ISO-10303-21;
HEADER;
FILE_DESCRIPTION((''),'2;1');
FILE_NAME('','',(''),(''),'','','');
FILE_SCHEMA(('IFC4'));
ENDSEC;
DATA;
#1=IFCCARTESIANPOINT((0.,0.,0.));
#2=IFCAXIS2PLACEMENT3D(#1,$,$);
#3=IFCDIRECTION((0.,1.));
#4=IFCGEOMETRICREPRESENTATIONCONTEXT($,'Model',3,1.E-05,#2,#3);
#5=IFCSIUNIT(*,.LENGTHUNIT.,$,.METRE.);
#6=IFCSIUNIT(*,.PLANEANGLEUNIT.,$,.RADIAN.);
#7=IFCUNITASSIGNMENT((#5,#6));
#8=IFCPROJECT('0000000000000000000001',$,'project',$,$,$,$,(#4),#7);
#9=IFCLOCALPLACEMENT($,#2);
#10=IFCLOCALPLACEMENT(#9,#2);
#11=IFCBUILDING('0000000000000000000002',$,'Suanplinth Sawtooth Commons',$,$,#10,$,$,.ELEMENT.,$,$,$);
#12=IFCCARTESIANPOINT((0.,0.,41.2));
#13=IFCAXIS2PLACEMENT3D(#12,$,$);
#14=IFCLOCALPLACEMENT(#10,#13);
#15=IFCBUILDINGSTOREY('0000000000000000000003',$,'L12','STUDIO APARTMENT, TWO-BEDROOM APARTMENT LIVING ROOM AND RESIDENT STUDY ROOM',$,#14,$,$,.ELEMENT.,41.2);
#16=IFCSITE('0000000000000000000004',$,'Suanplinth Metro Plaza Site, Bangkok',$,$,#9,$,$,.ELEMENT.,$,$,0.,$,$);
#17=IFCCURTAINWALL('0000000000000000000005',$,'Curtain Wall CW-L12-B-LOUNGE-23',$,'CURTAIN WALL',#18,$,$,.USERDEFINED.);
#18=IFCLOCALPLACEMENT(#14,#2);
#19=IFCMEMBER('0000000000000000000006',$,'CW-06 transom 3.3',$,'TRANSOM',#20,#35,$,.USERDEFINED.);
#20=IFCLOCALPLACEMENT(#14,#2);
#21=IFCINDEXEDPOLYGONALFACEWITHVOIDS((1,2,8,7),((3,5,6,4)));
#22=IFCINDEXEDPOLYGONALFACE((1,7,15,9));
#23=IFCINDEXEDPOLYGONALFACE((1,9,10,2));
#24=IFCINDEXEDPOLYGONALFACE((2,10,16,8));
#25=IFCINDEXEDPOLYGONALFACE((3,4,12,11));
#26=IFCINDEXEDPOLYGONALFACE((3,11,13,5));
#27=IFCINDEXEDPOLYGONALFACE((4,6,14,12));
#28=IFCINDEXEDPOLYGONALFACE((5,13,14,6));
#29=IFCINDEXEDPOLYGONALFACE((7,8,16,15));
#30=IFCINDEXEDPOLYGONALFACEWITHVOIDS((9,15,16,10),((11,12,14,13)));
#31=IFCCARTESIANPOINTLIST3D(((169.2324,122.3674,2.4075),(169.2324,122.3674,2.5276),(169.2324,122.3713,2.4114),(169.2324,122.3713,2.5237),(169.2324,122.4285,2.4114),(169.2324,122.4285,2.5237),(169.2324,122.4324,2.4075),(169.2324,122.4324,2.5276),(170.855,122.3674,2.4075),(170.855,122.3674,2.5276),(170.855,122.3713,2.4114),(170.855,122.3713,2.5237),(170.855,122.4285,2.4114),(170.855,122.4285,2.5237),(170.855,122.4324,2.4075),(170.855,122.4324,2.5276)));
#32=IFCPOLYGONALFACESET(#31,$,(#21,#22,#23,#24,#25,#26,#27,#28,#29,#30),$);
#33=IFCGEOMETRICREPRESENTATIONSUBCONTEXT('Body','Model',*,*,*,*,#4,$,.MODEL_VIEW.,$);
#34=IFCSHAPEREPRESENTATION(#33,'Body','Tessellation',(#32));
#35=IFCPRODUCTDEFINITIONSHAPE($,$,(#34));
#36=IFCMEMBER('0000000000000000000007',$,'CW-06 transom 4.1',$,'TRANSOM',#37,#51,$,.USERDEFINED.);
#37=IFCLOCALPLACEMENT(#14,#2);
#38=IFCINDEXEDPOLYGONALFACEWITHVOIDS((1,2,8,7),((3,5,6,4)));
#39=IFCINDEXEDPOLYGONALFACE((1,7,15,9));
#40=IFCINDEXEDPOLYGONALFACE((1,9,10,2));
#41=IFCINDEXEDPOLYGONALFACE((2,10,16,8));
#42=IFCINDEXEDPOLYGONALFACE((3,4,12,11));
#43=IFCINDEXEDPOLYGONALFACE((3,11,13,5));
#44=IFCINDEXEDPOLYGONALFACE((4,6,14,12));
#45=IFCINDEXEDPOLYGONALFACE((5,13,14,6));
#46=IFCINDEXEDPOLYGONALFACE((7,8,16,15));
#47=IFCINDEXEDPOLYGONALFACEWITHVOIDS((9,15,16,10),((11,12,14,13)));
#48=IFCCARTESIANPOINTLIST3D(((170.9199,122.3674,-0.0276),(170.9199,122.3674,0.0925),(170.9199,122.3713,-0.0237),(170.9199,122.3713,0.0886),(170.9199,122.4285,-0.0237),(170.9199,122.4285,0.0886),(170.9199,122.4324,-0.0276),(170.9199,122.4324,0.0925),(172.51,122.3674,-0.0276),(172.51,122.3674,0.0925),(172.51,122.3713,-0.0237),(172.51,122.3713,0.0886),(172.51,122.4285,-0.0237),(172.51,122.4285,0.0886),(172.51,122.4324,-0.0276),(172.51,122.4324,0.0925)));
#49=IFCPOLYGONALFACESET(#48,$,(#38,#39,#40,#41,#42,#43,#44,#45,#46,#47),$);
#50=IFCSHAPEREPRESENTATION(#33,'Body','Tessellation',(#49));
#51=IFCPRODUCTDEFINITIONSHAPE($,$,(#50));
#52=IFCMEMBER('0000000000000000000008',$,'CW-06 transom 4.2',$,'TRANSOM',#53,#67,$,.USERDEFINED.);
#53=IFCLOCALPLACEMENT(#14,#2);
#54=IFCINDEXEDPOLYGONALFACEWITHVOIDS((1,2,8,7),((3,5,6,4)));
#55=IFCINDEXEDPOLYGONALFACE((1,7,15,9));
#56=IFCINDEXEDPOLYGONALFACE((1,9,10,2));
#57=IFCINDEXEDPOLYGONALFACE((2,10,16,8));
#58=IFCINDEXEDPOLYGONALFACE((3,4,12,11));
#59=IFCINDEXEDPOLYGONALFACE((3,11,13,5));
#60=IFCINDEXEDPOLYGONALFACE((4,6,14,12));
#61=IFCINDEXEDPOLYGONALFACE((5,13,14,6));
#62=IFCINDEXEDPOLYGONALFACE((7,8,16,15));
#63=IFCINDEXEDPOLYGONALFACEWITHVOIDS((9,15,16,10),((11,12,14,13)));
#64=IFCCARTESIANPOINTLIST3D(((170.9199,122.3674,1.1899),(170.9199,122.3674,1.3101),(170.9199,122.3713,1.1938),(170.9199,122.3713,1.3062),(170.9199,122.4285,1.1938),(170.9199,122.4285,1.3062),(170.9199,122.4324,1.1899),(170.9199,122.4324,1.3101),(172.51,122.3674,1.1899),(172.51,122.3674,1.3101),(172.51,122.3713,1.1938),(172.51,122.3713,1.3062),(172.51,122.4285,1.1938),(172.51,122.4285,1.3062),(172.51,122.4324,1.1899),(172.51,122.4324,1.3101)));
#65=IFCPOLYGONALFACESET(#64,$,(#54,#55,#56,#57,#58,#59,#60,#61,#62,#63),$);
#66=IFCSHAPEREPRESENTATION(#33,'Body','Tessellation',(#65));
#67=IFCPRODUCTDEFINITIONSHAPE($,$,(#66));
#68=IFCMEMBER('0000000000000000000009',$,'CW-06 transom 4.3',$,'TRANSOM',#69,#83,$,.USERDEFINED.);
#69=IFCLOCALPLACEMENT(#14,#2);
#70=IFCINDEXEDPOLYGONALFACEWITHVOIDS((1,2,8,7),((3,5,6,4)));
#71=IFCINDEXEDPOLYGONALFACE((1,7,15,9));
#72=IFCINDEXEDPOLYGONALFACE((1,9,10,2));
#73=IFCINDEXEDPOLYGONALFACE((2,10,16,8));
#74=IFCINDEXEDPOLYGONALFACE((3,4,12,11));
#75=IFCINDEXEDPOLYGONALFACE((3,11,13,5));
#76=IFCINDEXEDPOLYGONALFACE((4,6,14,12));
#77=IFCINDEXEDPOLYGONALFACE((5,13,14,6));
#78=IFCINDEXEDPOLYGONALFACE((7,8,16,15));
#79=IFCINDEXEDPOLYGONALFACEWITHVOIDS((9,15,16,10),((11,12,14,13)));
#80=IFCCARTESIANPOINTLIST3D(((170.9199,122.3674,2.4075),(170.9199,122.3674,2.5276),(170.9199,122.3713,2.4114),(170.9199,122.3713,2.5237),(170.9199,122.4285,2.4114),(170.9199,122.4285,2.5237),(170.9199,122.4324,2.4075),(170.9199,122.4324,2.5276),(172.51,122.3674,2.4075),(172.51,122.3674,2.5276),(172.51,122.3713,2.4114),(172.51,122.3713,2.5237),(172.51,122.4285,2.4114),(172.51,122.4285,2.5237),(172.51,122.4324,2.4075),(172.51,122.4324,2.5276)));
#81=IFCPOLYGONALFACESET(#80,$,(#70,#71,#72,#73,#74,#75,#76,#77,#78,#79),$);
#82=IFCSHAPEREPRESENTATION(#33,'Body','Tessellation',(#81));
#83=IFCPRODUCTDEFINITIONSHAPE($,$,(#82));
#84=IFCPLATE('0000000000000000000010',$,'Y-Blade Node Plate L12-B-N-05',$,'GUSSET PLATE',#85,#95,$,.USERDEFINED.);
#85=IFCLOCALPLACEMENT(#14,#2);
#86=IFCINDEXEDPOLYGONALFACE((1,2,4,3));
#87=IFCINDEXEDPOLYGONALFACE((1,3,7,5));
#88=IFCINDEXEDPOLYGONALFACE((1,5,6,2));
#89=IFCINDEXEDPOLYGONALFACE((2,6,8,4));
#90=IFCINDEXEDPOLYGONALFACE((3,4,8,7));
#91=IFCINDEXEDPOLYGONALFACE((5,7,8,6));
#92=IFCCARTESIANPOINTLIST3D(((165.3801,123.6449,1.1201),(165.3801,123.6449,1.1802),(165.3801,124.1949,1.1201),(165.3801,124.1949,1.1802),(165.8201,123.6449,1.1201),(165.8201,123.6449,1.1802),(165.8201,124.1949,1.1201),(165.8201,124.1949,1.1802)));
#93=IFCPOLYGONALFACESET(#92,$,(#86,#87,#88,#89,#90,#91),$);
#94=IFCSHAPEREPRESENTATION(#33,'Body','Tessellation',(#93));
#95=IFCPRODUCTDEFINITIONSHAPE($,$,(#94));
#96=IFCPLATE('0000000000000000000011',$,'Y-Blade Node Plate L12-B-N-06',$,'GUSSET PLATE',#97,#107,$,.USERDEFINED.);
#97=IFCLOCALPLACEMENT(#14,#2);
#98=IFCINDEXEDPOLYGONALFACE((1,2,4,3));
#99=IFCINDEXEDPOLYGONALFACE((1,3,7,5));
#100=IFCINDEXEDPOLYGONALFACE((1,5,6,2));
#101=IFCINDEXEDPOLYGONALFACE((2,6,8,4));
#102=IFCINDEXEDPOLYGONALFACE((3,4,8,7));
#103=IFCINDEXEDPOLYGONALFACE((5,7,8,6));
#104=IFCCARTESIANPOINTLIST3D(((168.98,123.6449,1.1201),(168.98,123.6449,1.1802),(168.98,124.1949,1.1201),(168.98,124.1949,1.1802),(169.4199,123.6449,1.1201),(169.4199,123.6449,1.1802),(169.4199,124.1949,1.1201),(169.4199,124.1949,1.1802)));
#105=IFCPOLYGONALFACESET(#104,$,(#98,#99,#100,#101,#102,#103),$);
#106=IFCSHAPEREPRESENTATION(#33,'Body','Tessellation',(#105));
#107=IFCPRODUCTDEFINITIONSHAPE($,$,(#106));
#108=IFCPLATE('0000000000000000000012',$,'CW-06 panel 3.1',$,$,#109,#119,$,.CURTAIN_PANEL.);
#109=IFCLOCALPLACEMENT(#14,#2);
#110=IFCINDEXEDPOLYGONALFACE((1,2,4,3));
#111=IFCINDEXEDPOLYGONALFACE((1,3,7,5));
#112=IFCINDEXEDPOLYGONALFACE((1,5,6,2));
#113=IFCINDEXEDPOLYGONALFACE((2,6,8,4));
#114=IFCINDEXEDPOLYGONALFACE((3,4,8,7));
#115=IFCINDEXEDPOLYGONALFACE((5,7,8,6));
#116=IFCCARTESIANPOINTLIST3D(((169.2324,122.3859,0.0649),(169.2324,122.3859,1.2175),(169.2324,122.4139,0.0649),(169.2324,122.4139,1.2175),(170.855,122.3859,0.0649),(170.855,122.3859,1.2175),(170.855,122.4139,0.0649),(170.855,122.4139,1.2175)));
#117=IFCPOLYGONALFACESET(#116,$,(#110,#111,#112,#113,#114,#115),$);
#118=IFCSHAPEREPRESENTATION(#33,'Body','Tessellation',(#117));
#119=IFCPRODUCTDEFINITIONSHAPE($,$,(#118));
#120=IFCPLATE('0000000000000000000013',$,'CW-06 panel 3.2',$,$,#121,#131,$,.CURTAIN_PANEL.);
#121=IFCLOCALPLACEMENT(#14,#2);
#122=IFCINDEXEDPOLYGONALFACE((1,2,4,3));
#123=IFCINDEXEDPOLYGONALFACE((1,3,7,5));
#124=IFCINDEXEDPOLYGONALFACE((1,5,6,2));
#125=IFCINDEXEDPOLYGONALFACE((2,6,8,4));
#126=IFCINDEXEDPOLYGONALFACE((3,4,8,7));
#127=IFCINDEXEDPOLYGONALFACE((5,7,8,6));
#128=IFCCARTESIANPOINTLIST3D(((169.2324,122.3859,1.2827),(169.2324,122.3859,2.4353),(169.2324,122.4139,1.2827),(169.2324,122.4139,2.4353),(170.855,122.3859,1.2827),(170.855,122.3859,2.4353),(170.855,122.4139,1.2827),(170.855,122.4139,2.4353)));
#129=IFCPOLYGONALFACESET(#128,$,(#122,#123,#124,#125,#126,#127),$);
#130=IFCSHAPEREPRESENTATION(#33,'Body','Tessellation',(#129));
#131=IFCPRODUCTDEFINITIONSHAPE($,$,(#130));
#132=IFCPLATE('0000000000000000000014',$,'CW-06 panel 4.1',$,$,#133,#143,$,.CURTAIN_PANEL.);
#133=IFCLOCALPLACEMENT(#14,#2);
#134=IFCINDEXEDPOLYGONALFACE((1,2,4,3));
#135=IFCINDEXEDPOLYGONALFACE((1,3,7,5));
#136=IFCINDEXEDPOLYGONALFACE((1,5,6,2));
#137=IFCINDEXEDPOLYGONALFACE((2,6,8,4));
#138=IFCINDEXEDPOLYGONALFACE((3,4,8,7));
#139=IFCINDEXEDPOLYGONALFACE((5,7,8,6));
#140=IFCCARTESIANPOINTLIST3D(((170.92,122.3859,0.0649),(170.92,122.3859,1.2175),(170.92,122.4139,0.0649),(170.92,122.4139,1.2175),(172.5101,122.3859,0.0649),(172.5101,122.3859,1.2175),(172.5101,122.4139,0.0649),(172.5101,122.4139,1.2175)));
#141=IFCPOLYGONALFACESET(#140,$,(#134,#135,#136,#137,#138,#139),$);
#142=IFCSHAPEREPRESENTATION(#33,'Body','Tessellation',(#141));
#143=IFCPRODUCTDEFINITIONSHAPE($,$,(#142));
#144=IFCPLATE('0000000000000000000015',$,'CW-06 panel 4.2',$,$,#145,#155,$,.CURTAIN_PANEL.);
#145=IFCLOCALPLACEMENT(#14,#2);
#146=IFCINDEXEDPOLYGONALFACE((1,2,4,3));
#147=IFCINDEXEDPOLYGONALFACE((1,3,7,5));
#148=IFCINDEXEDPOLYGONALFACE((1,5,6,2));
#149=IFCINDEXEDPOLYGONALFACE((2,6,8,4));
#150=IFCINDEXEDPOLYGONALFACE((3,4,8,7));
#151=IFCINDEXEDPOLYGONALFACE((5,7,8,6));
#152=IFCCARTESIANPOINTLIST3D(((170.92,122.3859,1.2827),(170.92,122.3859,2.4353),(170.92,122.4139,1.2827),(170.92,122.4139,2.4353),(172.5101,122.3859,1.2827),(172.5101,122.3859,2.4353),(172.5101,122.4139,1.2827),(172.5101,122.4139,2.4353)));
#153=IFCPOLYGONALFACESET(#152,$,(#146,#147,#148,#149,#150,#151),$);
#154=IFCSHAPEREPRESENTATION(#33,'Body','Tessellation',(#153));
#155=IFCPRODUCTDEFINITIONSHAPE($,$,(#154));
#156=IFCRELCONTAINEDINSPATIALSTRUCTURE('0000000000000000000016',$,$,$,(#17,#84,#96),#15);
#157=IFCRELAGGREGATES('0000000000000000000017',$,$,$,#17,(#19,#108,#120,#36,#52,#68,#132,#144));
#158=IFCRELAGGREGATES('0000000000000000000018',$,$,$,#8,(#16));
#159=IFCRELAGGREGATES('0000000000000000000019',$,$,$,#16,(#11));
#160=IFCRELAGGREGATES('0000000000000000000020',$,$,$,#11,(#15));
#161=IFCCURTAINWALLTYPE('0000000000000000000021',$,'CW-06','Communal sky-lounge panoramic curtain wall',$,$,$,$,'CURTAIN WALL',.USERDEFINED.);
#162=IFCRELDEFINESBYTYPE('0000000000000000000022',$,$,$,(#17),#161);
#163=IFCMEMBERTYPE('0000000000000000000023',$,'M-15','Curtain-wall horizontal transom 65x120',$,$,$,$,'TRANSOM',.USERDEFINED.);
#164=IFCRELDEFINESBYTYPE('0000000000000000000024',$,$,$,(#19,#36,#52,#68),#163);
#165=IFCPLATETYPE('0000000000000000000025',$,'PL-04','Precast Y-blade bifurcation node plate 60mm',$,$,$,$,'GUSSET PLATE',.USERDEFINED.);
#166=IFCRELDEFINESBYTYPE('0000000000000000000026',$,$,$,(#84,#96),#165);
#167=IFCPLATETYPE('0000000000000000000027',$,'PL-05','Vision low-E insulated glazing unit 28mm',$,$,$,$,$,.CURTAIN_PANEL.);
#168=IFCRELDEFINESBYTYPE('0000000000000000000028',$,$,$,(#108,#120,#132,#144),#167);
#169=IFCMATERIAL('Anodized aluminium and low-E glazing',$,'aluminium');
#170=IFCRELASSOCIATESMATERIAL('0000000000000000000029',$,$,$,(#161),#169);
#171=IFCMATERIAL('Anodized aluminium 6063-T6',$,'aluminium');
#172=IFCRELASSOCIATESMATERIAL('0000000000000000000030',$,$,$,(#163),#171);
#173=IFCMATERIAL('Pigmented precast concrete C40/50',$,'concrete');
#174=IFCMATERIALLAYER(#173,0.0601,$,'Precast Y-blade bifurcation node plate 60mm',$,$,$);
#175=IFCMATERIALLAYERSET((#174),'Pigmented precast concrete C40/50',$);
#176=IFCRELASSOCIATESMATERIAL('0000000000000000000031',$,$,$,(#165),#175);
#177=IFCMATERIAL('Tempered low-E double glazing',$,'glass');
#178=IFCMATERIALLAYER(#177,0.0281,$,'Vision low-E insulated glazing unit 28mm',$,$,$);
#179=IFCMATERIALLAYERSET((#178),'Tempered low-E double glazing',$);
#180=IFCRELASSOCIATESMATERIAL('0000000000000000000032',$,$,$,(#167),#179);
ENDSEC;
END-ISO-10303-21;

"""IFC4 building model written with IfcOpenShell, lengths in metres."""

from ifc_helpers import new_model, si_unit, direction, frame, origin, origin_2d, place, context, subcontext, project, spatial, rectangle, hollow_rectangle, extrude, material, layer, layer_set, material_profile, profile_set, type_object, element, aggregate, save


model = new_model("IFC4")

# Units and contexts
model_context = context("Model", 3, precision=1e-05, world=origin(), true_north=direction((0.0, 1.0)))
body_context = subcontext(model_context, "Body", "Model", "MODEL_VIEW")
ifc_project = project(units=[si_unit("LENGTHUNIT", "METRE"), si_unit("PLANEANGLEUNIT", "RADIAN")], contexts=[model_context])

# Site, building, storey
site_placement = place(None, origin())
site = spatial("IfcSite", under=ifc_project, at=site_placement, Name="Suanplinth Metro Plaza Site, Bangkok", CompositionType="ELEMENT", RefElevation=0.0)
building_placement = place(site_placement, origin())
building = spatial("IfcBuilding", under=site, at=building_placement, Name="Suanplinth Sawtooth Commons", CompositionType="ELEMENT")
storey_placement = place(building_placement, frame((0.0, 0.0, 41.2)))
storey = spatial("IfcBuildingStorey", under=building, at=storey_placement, Name="L12", Description="STUDIO APARTMENT, TWO-BEDROOM APARTMENT LIVING ROOM AND RESIDENT STUDY ROOM", CompositionType="ELEMENT", Elevation=41.2)

# Shared definitions
ifc_material_1 = material(Name="Pigmented precast concrete C40/50", Category="concrete")

# Curtain wall, members
ifc_material_2 = material(Name="Anodized aluminium and low-E glazing", Category="aluminium")
curtain_wall_type = type_object("IfcCurtainWallType", Name="CW-06", Description="Communal sky-lounge panoramic curtain wall", ElementType="CURTAIN WALL", PredefinedType="USERDEFINED", material=ifc_material_2)
curtain_wall_placement = place(storey_placement, origin())
curtain_wall = element("IfcCurtainWall", 1, at=curtain_wall_placement, inside=storey, type_object=curtain_wall_type, Name="Curtain Wall CW-L12-B-LOUNGE-23", ObjectType="CURTAIN WALL", PredefinedType="USERDEFINED")
ifc_material_3 = material(Name="Anodized aluminium 6063-T6", Category="aluminium")
ifc_material_profile_1 = material_profile(ifc_material_3, hollow_rectangle(XDim=0.0649, YDim=0.1201, WallThickness=0.0039, at=origin_2d()), Name="ALU-TRN 65x120")
ifc_profile_set_1 = profile_set([ifc_material_profile_1], Name="Anodized aluminium 6063-T6")
member_type_1 = type_object("IfcMemberType", Name="M-15", Description="Curtain-wall horizontal transom 65x120", ElementType="TRANSOM", PredefinedType="USERDEFINED", material=ifc_profile_set_1)
member_1_placement = place(storey_placement, frame((169.2324, 122.3999, 2.4675), z_axis=(1.0, 0.0, 0.0), x_axis=(0.0, 1.0, 0.0)))
member_1 = element("IfcMember", 2, at=member_1_placement, type_object=member_type_1, Name="CW-06 transom 3.3", ObjectType="TRANSOM", PredefinedType="USERDEFINED", context=body_context, shape_type="SweptSolid", body=[
    extrude(hollow_rectangle(XDim=0.0649, YDim=0.1201, WallThickness=0.0039, at=origin_2d()), origin(), (0.0, 0.0, 1.0), 1.6226),
])
member_2_placement = place(storey_placement, frame((170.9199, 122.3999, 0.0325), z_axis=(1.0, 0.0, 0.0), x_axis=(0.0, 1.0, 0.0)))
member_2 = element("IfcMember", 3, at=member_2_placement, type_object=member_type_1, Name="CW-06 transom 4.1", ObjectType="TRANSOM", PredefinedType="USERDEFINED", context=body_context, shape_type="SweptSolid", body=[
    extrude(hollow_rectangle(XDim=0.0649, YDim=0.1201, WallThickness=0.0039, at=origin_2d()), origin(), (0.0, 0.0, 1.0), 1.5901),
])
member_3_placement = place(storey_placement, frame((170.9199, 122.3999, 1.25), z_axis=(1.0, 0.0, 0.0), x_axis=(0.0, 1.0, 0.0)))
member_3 = element("IfcMember", 4, at=member_3_placement, type_object=member_type_1, Name="CW-06 transom 4.2", ObjectType="TRANSOM", PredefinedType="USERDEFINED", context=body_context, shape_type="SweptSolid", body=[
    extrude(hollow_rectangle(XDim=0.0649, YDim=0.1201, WallThickness=0.0039, at=origin_2d()), origin(), (0.0, 0.0, 1.0), 1.5901),
])
member_4_placement = place(storey_placement, frame((170.9199, 122.3999, 2.4675), z_axis=(1.0, 0.0, 0.0), x_axis=(0.0, 1.0, 0.0)))
member_4 = element("IfcMember", 5, at=member_4_placement, type_object=member_type_1, Name="CW-06 transom 4.3", ObjectType="TRANSOM", PredefinedType="USERDEFINED", context=body_context, shape_type="SweptSolid", body=[
    extrude(hollow_rectangle(XDim=0.0649, YDim=0.1201, WallThickness=0.0039, at=origin_2d()), origin(), (0.0, 0.0, 1.0), 1.5901),
])

# Plates
ifc_layer_1 = layer(ifc_material_1, 0.0601, Name="Precast Y-blade bifurcation node plate 60mm")
ifc_layer_set_1 = layer_set([ifc_layer_1], Name="Pigmented precast concrete C40/50")
plate_type_1 = type_object("IfcPlateType", Name="PL-04", Description="Precast Y-blade bifurcation node plate 60mm", ElementType="GUSSET PLATE", PredefinedType="USERDEFINED", material=ifc_layer_set_1)
for number, where, z_axis, x_axis, name in (
    (6, (165.6001, 123.9199, 1.1201), (0.0, 0.0, 1.0), (1.0, 0.0, 0.0), "Y-Blade Node Plate L12-B-N-05"),
    (7, (169.2, 123.9199, 1.1201), (0.0, 0.0, 1.0), (1.0, 0.0, 0.0), "Y-Blade Node Plate L12-B-N-06"),
):
    element("IfcPlate", number, at=place(storey_placement, frame(where, z_axis=z_axis, x_axis=x_axis)), inside=storey, type_object=plate_type_1, Name=name, ObjectType="GUSSET PLATE", PredefinedType="USERDEFINED", context=body_context, shape_type="SweptSolid", body=[
        extrude(rectangle(XDim=0.4399, YDim=0.55, at=origin_2d()), origin(), (0.0, 0.0, 1.0), 0.0601),
    ])

# Plates
ifc_material_4 = material(Name="Tempered low-E double glazing", Category="glass")
ifc_layer_2 = layer(ifc_material_4, 0.0281, Name="Vision low-E insulated glazing unit 28mm")
ifc_layer_set_2 = layer_set([ifc_layer_2], Name="Tempered low-E double glazing")
plate_type_2 = type_object("IfcPlateType", Name="PL-05", Description="Vision low-E insulated glazing unit 28mm", PredefinedType="CURTAIN_PANEL", material=ifc_layer_set_2)
plate_1_placement = place(storey_placement, frame((170.0437, 122.3999, 0.0649), z_axis=(0.0, 0.0, 1.0), x_axis=(1.0, 0.0, 0.0)))
plate_1 = element("IfcPlate", 8, at=plate_1_placement, type_object=plate_type_2, Name="CW-06 panel 3.1", PredefinedType="CURTAIN_PANEL", context=body_context, shape_type="SweptSolid", body=[
    extrude(rectangle(XDim=1.6226, YDim=0.0281, at=origin_2d()), origin(), (0.0, 0.0, 1.0), 1.1526),
])
plate_2_placement = place(storey_placement, frame((170.0437, 122.3999, 1.2827), z_axis=(0.0, 0.0, 1.0), x_axis=(1.0, 0.0, 0.0)))
plate_2 = element("IfcPlate", 9, at=plate_2_placement, type_object=plate_type_2, Name="CW-06 panel 3.2", PredefinedType="CURTAIN_PANEL", context=body_context, shape_type="SweptSolid", body=[
    extrude(rectangle(XDim=1.6226, YDim=0.0281, at=origin_2d()), origin(), (0.0, 0.0, 1.0), 1.1526),
])
plate_3_placement = place(storey_placement, frame((171.7151, 122.3999, 0.0649), z_axis=(0.0, 0.0, 1.0), x_axis=(1.0, 0.0, 0.0)))
plate_3 = element("IfcPlate", 10, at=plate_3_placement, type_object=plate_type_2, Name="CW-06 panel 4.1", PredefinedType="CURTAIN_PANEL", context=body_context, shape_type="SweptSolid", body=[
    extrude(rectangle(XDim=1.5901, YDim=0.0281, at=origin_2d()), origin(), (0.0, 0.0, 1.0), 1.1526),
])
plate_4_placement = place(storey_placement, frame((171.7151, 122.3999, 1.2827), z_axis=(0.0, 0.0, 1.0), x_axis=(1.0, 0.0, 0.0)))
plate_4 = element("IfcPlate", 11, at=plate_4_placement, type_object=plate_type_2, Name="CW-06 panel 4.2", PredefinedType="CURTAIN_PANEL", context=body_context, shape_type="SweptSolid", body=[
    extrude(rectangle(XDim=1.5901, YDim=0.0281, at=origin_2d()), origin(), (0.0, 0.0, 1.0), 1.1526),
])
aggregate(curtain_wall, [member_1, plate_1, plate_2, member_2, member_3, member_4, plate_3, plate_4])

save(model, "model.ifc")
